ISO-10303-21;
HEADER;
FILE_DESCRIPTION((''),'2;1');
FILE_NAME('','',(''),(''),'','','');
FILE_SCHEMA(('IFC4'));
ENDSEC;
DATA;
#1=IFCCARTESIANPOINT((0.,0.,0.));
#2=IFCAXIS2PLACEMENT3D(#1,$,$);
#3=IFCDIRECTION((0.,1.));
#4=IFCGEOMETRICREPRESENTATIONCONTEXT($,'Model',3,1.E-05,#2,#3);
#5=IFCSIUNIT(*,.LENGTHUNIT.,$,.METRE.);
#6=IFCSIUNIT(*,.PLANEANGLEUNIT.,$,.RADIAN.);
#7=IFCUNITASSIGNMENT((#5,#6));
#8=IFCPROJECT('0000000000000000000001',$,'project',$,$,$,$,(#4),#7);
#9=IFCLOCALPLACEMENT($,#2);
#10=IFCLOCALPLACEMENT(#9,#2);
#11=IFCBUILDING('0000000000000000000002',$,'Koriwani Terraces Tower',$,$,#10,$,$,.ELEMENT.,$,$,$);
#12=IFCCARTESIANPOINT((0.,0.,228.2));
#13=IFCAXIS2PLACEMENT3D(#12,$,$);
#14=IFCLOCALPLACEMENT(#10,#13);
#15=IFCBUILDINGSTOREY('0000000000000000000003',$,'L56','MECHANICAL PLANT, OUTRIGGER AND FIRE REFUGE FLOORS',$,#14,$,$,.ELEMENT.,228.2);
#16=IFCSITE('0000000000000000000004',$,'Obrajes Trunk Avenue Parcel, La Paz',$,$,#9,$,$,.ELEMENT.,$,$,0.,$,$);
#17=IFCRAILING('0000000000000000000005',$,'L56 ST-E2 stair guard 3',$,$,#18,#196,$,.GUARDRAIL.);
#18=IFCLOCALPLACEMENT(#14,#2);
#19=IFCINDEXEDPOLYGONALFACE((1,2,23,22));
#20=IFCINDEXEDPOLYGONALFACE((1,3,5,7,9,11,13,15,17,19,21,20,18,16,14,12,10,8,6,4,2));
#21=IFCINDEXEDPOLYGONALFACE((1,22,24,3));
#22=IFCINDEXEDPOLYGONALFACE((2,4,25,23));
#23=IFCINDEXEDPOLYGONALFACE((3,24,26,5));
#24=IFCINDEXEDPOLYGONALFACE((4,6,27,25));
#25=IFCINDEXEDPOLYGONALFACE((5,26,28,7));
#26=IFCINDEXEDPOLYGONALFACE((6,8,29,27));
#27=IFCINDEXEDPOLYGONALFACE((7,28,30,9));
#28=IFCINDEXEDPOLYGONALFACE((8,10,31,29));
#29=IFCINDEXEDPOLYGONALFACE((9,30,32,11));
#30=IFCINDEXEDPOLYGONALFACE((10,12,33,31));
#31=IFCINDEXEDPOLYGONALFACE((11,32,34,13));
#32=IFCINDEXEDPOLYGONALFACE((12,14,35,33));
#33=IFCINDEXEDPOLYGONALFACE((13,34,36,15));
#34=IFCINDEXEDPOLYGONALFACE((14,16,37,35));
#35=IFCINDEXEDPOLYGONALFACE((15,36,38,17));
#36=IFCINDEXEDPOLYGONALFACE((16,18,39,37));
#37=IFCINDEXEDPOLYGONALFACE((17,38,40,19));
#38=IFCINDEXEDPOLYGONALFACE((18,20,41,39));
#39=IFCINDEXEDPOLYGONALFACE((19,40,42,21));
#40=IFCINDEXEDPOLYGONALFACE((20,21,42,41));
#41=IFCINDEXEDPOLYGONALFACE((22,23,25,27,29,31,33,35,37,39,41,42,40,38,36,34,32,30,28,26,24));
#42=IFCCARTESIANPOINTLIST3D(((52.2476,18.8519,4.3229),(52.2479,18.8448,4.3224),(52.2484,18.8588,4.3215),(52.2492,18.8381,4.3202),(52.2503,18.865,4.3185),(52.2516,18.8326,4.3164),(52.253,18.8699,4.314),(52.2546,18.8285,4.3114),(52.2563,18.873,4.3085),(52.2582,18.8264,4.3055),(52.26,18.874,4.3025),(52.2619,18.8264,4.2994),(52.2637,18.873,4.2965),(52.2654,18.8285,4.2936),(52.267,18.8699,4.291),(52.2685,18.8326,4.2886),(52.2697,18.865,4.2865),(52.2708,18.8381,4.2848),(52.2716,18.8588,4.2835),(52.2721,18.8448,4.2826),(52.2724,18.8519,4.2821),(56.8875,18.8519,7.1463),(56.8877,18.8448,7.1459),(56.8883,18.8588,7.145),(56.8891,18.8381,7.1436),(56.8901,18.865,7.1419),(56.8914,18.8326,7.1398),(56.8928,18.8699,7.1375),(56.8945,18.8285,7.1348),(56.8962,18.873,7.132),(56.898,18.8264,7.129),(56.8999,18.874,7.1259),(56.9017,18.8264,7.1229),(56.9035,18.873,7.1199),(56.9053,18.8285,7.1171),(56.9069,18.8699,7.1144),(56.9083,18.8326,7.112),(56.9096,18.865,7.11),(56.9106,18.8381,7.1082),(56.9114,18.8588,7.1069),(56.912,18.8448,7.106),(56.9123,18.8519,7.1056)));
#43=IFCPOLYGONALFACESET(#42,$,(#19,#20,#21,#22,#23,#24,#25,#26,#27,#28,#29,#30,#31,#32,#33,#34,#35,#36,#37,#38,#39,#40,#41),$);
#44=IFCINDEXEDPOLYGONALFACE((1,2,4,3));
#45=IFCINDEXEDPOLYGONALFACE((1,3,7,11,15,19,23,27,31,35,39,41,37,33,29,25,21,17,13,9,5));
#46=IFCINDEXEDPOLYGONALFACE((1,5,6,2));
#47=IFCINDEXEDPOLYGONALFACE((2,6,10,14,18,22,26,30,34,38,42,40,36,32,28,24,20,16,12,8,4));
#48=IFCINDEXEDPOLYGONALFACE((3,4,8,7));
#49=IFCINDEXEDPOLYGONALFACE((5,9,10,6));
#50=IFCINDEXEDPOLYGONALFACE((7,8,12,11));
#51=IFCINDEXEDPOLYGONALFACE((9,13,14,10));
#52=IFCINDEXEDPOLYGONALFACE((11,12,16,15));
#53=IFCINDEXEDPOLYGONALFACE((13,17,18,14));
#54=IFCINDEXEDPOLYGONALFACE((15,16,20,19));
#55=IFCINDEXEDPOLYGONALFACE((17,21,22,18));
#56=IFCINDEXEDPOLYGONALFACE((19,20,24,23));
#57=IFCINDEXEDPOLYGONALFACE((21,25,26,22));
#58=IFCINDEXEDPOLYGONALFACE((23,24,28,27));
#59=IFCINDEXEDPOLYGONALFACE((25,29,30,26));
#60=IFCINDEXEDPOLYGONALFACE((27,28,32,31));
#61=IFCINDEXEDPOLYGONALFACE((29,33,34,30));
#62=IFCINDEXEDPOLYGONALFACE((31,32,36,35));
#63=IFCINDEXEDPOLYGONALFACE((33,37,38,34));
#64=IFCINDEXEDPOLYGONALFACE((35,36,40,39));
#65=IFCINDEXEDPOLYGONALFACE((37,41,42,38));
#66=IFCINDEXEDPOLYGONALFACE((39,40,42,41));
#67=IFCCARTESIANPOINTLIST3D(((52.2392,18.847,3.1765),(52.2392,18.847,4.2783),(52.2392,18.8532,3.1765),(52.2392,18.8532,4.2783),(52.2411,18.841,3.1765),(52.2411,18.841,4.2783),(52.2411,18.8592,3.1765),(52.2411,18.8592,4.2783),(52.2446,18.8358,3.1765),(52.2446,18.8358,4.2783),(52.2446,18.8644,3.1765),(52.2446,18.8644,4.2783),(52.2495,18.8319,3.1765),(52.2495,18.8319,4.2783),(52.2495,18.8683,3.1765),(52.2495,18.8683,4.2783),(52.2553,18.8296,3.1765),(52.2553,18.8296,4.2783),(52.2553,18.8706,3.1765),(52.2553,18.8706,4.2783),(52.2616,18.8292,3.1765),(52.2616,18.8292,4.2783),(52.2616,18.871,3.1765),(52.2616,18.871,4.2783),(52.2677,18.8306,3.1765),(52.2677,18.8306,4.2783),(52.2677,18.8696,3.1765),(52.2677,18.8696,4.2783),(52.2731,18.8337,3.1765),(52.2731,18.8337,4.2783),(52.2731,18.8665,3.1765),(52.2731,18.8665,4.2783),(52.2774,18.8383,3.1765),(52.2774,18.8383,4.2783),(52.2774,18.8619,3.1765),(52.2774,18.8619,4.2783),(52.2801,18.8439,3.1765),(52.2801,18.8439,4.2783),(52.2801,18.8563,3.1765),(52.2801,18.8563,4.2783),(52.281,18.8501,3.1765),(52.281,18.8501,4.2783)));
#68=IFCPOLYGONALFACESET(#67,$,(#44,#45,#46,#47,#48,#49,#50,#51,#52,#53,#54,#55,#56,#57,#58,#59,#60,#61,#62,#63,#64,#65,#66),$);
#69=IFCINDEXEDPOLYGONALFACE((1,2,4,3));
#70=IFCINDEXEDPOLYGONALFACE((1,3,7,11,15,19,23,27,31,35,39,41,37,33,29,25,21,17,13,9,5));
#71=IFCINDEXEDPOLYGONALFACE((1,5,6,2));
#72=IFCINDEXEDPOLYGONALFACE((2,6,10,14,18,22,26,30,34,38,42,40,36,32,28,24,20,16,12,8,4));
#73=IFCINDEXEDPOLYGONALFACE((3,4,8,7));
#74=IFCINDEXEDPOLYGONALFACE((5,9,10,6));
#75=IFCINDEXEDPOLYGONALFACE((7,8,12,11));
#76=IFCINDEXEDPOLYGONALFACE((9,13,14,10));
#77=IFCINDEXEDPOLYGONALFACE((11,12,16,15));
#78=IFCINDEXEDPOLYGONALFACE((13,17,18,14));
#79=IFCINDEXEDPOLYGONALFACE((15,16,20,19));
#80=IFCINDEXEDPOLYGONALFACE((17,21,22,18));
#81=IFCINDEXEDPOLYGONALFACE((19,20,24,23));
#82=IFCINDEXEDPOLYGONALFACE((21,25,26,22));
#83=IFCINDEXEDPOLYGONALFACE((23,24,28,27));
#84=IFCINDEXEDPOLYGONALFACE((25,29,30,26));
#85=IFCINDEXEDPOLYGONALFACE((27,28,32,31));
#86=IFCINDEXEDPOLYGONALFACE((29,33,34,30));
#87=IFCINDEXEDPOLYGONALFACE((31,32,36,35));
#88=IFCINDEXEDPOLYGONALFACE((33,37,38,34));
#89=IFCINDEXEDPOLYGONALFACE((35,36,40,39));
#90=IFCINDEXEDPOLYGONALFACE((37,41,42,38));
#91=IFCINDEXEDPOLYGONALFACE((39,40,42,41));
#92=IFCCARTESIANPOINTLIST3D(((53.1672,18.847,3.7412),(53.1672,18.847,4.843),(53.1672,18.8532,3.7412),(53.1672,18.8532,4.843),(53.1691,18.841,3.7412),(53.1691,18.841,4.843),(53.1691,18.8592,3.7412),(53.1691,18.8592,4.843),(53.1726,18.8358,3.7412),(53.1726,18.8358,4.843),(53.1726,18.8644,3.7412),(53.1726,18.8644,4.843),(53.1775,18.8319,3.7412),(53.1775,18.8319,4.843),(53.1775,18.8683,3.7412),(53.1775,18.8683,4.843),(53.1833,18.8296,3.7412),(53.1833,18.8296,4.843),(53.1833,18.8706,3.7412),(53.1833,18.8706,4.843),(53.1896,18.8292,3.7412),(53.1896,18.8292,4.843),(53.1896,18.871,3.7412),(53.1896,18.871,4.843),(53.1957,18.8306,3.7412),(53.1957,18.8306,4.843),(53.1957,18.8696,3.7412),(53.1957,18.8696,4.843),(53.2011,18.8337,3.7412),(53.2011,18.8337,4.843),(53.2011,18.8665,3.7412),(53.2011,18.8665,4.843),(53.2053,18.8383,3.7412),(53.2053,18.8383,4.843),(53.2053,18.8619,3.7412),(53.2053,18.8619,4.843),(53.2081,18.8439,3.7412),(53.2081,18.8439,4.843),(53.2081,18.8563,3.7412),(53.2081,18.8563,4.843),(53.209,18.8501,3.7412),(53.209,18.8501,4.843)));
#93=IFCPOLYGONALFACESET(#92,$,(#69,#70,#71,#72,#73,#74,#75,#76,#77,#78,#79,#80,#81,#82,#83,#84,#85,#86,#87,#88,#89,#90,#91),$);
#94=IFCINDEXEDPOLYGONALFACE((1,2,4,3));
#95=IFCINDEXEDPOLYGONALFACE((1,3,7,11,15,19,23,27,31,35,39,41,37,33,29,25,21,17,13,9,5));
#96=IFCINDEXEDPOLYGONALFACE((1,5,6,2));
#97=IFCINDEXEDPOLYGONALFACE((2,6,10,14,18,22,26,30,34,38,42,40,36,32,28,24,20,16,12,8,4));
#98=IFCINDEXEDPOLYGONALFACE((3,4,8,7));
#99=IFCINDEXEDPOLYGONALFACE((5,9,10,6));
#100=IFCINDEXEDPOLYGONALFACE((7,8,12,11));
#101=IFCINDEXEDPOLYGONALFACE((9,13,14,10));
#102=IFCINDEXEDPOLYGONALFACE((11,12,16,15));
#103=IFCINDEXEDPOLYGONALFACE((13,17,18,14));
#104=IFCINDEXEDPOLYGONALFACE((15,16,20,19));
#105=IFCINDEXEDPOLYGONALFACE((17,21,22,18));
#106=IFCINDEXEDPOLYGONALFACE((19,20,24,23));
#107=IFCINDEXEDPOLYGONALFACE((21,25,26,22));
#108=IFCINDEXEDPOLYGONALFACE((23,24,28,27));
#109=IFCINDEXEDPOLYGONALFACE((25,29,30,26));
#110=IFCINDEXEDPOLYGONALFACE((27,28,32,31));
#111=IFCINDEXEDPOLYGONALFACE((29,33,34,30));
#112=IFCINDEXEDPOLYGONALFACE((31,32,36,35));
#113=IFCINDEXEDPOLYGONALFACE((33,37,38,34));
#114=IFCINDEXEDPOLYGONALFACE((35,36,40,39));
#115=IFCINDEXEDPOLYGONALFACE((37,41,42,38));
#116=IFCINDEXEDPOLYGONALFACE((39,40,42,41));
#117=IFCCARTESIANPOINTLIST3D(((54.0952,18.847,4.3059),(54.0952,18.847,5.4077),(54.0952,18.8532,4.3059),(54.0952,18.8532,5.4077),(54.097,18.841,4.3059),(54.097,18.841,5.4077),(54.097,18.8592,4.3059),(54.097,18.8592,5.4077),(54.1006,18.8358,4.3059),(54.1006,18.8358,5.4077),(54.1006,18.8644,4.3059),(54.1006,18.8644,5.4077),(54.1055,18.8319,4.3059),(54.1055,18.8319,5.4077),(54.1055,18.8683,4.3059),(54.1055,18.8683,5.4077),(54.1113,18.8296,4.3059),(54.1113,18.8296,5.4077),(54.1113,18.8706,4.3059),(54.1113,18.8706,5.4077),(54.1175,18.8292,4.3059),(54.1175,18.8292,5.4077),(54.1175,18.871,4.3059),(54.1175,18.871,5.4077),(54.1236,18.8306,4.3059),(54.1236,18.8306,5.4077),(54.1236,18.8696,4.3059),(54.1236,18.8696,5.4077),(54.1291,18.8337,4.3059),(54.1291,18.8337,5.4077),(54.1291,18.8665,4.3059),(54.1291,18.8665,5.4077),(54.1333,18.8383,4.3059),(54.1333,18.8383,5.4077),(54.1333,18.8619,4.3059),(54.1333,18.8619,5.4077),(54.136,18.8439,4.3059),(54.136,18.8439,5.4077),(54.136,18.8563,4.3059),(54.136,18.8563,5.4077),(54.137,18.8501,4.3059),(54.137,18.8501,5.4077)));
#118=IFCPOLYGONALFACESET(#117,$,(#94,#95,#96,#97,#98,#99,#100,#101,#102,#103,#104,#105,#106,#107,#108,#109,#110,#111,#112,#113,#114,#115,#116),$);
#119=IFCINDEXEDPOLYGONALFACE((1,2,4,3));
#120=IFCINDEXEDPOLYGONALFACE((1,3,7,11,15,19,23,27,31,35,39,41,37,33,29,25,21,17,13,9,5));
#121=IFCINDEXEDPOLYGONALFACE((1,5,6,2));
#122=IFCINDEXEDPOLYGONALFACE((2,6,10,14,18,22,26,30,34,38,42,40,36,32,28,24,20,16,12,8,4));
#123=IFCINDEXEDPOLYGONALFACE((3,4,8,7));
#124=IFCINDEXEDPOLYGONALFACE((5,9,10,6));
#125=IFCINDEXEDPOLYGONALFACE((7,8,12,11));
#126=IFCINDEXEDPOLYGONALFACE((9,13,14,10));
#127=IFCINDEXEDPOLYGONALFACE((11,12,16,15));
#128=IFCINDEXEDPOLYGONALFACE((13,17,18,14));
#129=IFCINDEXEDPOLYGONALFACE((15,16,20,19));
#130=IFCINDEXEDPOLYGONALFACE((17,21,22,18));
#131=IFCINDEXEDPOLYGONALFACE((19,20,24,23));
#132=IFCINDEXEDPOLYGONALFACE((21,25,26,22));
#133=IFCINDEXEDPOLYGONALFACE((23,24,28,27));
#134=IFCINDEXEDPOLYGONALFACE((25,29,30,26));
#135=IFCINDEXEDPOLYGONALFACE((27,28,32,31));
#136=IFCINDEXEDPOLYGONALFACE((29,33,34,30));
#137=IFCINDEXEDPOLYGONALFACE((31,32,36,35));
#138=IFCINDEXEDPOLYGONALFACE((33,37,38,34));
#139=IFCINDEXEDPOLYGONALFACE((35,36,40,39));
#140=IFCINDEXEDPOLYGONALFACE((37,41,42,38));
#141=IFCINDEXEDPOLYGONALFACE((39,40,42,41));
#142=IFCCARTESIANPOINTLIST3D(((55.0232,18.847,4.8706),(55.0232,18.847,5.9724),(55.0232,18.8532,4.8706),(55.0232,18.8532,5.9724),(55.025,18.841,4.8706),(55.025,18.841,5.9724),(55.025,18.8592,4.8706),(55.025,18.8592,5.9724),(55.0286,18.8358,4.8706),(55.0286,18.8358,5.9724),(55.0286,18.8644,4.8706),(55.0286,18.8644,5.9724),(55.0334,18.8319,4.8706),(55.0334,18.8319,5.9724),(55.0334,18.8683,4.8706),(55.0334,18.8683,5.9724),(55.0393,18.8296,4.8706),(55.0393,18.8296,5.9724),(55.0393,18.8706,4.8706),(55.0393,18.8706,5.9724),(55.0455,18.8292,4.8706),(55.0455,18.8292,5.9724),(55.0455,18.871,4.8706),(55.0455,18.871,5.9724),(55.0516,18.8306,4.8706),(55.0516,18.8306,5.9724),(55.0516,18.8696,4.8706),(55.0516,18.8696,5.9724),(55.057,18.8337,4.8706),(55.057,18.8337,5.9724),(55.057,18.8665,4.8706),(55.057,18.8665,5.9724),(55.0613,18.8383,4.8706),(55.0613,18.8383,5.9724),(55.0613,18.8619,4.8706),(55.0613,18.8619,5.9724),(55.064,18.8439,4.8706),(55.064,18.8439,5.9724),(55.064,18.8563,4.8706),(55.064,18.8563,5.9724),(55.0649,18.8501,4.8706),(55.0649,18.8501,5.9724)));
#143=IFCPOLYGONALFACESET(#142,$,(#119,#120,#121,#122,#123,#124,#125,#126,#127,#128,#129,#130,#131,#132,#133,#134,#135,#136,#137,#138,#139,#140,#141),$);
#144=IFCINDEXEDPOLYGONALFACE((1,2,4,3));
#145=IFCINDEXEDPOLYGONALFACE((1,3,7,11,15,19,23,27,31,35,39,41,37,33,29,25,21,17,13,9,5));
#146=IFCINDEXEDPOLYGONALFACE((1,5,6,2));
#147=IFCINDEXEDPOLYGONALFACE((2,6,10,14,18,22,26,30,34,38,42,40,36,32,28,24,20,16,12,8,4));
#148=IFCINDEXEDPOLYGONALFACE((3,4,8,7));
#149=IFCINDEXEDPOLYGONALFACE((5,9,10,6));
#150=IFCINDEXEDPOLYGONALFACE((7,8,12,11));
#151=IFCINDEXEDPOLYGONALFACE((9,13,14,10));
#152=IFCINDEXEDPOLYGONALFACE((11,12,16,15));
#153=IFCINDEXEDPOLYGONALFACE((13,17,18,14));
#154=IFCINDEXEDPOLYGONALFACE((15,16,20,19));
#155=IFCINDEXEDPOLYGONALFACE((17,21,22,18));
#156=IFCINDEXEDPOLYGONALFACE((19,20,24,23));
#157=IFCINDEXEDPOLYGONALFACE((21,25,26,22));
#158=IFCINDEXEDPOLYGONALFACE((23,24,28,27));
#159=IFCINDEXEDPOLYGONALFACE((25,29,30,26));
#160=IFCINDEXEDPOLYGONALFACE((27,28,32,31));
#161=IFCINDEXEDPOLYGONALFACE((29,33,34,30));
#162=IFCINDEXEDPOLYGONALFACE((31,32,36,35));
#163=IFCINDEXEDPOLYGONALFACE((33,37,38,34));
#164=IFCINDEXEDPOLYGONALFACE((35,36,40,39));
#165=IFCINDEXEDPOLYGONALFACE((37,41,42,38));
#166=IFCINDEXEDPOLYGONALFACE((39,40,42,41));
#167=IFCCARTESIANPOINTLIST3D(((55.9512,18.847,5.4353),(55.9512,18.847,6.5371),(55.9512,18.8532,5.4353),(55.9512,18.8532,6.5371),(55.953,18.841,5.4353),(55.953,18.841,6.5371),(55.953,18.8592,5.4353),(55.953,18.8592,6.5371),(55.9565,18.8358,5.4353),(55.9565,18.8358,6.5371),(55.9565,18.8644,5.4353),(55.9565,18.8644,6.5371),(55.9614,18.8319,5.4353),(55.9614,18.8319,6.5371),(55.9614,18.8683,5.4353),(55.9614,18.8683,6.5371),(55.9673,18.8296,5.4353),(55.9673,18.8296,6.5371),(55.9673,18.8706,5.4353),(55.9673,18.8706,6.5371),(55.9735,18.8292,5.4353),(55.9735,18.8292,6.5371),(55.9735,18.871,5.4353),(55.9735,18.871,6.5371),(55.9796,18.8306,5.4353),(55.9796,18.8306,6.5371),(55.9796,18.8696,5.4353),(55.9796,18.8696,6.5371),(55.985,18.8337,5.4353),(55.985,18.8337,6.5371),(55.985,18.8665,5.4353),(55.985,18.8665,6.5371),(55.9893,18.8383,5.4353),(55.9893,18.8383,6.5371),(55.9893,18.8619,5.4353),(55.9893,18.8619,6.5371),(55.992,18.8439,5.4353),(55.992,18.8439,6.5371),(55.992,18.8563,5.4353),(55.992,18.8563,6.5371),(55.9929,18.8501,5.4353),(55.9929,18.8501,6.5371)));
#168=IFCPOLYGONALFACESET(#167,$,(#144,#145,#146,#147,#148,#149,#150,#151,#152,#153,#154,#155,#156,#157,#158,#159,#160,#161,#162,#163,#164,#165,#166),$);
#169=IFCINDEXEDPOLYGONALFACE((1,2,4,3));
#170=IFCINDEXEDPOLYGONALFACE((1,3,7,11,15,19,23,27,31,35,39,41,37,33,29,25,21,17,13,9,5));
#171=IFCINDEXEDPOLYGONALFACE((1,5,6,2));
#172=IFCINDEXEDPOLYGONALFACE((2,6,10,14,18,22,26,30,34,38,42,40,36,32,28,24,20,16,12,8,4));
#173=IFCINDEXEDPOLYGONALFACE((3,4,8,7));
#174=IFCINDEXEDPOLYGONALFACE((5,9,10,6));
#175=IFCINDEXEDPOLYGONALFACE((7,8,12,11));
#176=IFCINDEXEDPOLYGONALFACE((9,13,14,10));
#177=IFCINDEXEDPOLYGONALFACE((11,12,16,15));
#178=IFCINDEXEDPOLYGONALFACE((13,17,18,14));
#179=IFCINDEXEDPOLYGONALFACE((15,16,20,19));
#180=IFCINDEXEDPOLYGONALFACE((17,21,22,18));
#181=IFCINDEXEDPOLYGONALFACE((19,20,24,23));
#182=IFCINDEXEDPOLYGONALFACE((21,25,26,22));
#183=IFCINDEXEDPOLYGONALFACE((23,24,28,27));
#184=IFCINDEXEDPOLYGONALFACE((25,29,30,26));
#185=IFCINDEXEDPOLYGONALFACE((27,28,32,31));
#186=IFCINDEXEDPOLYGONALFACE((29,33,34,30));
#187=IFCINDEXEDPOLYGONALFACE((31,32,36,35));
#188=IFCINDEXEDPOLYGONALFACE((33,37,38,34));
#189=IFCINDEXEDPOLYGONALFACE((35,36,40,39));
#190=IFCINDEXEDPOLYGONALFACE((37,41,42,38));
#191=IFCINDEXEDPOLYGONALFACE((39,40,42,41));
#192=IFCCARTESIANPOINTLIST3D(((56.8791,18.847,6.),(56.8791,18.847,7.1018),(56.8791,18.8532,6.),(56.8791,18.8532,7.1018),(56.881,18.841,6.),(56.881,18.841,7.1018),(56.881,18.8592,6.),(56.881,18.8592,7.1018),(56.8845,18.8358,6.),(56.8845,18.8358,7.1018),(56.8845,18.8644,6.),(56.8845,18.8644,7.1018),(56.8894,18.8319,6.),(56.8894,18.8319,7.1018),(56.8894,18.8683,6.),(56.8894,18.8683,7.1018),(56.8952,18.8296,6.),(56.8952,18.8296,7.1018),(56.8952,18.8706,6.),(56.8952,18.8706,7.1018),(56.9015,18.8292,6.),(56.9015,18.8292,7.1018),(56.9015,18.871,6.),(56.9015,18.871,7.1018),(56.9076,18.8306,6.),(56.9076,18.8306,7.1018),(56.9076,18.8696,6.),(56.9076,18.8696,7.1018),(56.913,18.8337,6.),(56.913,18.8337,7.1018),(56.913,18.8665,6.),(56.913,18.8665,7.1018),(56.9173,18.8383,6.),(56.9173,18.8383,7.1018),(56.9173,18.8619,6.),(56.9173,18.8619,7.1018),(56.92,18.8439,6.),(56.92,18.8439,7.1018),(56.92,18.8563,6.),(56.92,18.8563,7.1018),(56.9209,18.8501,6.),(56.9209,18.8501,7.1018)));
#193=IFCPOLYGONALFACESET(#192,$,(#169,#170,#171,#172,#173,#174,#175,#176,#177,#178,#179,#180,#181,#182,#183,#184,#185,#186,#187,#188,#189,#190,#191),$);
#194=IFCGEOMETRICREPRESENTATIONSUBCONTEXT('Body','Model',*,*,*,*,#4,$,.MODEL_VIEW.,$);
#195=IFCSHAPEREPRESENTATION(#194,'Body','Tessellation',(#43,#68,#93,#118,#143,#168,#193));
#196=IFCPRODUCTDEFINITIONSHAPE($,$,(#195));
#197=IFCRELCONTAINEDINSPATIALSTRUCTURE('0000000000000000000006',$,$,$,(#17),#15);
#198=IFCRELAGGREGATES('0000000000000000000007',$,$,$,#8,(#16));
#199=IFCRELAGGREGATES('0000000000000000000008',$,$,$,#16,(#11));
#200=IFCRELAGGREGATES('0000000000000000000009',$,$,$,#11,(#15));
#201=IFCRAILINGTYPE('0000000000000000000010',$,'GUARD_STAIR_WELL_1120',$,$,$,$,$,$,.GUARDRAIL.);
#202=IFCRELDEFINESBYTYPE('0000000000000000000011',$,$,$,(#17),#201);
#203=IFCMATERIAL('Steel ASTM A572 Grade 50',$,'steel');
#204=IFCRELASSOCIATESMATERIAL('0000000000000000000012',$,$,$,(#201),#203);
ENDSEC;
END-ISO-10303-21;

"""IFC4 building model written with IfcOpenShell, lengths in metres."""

from ifc_helpers import new_model, si_unit, direction, frame, origin, origin_2d, place, context, subcontext, project, spatial, circle, extrude, material, type_object, element, save


model = new_model("IFC4")

# Units and contexts
model_context = context("Model", 3, precision=1e-05, world=origin(), true_north=direction((0.0, 1.0)))
body_context = subcontext(model_context, "Body", "Model", "MODEL_VIEW")
ifc_project = project(units=[si_unit("LENGTHUNIT", "METRE"), si_unit("PLANEANGLEUNIT", "RADIAN")], contexts=[model_context])

# Site, building, storey
site_placement = place(None, origin())
site = spatial("IfcSite", under=ifc_project, at=site_placement, Name="Obrajes Trunk Avenue Parcel, La Paz", CompositionType="ELEMENT", RefElevation=0.0)
building_placement = place(site_placement, origin())
building = spatial("IfcBuilding", under=site, at=building_placement, Name="Koriwani Terraces Tower", CompositionType="ELEMENT")
storey_placement = place(building_placement, frame((0.0, 0.0, 228.2)))
storey = spatial("IfcBuildingStorey", under=building, at=storey_placement, Name="L56", Description="MECHANICAL PLANT, OUTRIGGER AND FIRE REFUGE FLOORS", CompositionType="ELEMENT", Elevation=228.2)

# Shared definitions
ifc_material_1 = material(Name="Steel ASTM A572 Grade 50", Category="steel")

# Railing
railing_type_1 = type_object("IfcRailingType", Name="GUARD_STAIR_WELL_1120", PredefinedType="GUARDRAIL", material=ifc_material_1)
railing_1_placement = place(storey_placement, frame((52.26, 18.8501, 3.1765)))
element("IfcRailing", 1, at=railing_1_placement, inside=storey, type_object=railing_type_1, Name="L56 ST-E2 stair guard 3", PredefinedType="GUARDRAIL", context=body_context, shape_type="SweptSolid", body=[
    extrude(circle(Radius=0.0239, at=origin_2d()), frame((0.0, 0.0, 1.126), z_axis=(0.854264, 0.0, 0.51984), x_axis=(0.0, 1.0, 0.0)), (0.0, 0.0, 1.0), 5.4314),
    extrude(circle(Radius=0.021, at=origin_2d()), origin(), (0.0, 0.0, 1.0), 1.1018),
    extrude(circle(Radius=0.021, at=origin_2d()), frame((0.928, 0.0, 0.5647)), (0.0, 0.0, 1.0), 1.1018),
    extrude(circle(Radius=0.021, at=origin_2d()), frame((1.856, 0.0, 1.1294)), (0.0, 0.0, 1.0), 1.1018),
    extrude(circle(Radius=0.021, at=origin_2d()), frame((2.7839, 0.0, 1.6941)), (0.0, 0.0, 1.0), 1.1018),
    extrude(circle(Radius=0.021, at=origin_2d()), frame((3.7119, 0.0, 2.2588)), (0.0, 0.0, 1.0), 1.1018),
    extrude(circle(Radius=0.021, at=origin_2d()), frame((4.6399, 0.0, 2.8235)), (0.0, 0.0, 1.0), 1.1018),
])

save(model, "model.ifc")
